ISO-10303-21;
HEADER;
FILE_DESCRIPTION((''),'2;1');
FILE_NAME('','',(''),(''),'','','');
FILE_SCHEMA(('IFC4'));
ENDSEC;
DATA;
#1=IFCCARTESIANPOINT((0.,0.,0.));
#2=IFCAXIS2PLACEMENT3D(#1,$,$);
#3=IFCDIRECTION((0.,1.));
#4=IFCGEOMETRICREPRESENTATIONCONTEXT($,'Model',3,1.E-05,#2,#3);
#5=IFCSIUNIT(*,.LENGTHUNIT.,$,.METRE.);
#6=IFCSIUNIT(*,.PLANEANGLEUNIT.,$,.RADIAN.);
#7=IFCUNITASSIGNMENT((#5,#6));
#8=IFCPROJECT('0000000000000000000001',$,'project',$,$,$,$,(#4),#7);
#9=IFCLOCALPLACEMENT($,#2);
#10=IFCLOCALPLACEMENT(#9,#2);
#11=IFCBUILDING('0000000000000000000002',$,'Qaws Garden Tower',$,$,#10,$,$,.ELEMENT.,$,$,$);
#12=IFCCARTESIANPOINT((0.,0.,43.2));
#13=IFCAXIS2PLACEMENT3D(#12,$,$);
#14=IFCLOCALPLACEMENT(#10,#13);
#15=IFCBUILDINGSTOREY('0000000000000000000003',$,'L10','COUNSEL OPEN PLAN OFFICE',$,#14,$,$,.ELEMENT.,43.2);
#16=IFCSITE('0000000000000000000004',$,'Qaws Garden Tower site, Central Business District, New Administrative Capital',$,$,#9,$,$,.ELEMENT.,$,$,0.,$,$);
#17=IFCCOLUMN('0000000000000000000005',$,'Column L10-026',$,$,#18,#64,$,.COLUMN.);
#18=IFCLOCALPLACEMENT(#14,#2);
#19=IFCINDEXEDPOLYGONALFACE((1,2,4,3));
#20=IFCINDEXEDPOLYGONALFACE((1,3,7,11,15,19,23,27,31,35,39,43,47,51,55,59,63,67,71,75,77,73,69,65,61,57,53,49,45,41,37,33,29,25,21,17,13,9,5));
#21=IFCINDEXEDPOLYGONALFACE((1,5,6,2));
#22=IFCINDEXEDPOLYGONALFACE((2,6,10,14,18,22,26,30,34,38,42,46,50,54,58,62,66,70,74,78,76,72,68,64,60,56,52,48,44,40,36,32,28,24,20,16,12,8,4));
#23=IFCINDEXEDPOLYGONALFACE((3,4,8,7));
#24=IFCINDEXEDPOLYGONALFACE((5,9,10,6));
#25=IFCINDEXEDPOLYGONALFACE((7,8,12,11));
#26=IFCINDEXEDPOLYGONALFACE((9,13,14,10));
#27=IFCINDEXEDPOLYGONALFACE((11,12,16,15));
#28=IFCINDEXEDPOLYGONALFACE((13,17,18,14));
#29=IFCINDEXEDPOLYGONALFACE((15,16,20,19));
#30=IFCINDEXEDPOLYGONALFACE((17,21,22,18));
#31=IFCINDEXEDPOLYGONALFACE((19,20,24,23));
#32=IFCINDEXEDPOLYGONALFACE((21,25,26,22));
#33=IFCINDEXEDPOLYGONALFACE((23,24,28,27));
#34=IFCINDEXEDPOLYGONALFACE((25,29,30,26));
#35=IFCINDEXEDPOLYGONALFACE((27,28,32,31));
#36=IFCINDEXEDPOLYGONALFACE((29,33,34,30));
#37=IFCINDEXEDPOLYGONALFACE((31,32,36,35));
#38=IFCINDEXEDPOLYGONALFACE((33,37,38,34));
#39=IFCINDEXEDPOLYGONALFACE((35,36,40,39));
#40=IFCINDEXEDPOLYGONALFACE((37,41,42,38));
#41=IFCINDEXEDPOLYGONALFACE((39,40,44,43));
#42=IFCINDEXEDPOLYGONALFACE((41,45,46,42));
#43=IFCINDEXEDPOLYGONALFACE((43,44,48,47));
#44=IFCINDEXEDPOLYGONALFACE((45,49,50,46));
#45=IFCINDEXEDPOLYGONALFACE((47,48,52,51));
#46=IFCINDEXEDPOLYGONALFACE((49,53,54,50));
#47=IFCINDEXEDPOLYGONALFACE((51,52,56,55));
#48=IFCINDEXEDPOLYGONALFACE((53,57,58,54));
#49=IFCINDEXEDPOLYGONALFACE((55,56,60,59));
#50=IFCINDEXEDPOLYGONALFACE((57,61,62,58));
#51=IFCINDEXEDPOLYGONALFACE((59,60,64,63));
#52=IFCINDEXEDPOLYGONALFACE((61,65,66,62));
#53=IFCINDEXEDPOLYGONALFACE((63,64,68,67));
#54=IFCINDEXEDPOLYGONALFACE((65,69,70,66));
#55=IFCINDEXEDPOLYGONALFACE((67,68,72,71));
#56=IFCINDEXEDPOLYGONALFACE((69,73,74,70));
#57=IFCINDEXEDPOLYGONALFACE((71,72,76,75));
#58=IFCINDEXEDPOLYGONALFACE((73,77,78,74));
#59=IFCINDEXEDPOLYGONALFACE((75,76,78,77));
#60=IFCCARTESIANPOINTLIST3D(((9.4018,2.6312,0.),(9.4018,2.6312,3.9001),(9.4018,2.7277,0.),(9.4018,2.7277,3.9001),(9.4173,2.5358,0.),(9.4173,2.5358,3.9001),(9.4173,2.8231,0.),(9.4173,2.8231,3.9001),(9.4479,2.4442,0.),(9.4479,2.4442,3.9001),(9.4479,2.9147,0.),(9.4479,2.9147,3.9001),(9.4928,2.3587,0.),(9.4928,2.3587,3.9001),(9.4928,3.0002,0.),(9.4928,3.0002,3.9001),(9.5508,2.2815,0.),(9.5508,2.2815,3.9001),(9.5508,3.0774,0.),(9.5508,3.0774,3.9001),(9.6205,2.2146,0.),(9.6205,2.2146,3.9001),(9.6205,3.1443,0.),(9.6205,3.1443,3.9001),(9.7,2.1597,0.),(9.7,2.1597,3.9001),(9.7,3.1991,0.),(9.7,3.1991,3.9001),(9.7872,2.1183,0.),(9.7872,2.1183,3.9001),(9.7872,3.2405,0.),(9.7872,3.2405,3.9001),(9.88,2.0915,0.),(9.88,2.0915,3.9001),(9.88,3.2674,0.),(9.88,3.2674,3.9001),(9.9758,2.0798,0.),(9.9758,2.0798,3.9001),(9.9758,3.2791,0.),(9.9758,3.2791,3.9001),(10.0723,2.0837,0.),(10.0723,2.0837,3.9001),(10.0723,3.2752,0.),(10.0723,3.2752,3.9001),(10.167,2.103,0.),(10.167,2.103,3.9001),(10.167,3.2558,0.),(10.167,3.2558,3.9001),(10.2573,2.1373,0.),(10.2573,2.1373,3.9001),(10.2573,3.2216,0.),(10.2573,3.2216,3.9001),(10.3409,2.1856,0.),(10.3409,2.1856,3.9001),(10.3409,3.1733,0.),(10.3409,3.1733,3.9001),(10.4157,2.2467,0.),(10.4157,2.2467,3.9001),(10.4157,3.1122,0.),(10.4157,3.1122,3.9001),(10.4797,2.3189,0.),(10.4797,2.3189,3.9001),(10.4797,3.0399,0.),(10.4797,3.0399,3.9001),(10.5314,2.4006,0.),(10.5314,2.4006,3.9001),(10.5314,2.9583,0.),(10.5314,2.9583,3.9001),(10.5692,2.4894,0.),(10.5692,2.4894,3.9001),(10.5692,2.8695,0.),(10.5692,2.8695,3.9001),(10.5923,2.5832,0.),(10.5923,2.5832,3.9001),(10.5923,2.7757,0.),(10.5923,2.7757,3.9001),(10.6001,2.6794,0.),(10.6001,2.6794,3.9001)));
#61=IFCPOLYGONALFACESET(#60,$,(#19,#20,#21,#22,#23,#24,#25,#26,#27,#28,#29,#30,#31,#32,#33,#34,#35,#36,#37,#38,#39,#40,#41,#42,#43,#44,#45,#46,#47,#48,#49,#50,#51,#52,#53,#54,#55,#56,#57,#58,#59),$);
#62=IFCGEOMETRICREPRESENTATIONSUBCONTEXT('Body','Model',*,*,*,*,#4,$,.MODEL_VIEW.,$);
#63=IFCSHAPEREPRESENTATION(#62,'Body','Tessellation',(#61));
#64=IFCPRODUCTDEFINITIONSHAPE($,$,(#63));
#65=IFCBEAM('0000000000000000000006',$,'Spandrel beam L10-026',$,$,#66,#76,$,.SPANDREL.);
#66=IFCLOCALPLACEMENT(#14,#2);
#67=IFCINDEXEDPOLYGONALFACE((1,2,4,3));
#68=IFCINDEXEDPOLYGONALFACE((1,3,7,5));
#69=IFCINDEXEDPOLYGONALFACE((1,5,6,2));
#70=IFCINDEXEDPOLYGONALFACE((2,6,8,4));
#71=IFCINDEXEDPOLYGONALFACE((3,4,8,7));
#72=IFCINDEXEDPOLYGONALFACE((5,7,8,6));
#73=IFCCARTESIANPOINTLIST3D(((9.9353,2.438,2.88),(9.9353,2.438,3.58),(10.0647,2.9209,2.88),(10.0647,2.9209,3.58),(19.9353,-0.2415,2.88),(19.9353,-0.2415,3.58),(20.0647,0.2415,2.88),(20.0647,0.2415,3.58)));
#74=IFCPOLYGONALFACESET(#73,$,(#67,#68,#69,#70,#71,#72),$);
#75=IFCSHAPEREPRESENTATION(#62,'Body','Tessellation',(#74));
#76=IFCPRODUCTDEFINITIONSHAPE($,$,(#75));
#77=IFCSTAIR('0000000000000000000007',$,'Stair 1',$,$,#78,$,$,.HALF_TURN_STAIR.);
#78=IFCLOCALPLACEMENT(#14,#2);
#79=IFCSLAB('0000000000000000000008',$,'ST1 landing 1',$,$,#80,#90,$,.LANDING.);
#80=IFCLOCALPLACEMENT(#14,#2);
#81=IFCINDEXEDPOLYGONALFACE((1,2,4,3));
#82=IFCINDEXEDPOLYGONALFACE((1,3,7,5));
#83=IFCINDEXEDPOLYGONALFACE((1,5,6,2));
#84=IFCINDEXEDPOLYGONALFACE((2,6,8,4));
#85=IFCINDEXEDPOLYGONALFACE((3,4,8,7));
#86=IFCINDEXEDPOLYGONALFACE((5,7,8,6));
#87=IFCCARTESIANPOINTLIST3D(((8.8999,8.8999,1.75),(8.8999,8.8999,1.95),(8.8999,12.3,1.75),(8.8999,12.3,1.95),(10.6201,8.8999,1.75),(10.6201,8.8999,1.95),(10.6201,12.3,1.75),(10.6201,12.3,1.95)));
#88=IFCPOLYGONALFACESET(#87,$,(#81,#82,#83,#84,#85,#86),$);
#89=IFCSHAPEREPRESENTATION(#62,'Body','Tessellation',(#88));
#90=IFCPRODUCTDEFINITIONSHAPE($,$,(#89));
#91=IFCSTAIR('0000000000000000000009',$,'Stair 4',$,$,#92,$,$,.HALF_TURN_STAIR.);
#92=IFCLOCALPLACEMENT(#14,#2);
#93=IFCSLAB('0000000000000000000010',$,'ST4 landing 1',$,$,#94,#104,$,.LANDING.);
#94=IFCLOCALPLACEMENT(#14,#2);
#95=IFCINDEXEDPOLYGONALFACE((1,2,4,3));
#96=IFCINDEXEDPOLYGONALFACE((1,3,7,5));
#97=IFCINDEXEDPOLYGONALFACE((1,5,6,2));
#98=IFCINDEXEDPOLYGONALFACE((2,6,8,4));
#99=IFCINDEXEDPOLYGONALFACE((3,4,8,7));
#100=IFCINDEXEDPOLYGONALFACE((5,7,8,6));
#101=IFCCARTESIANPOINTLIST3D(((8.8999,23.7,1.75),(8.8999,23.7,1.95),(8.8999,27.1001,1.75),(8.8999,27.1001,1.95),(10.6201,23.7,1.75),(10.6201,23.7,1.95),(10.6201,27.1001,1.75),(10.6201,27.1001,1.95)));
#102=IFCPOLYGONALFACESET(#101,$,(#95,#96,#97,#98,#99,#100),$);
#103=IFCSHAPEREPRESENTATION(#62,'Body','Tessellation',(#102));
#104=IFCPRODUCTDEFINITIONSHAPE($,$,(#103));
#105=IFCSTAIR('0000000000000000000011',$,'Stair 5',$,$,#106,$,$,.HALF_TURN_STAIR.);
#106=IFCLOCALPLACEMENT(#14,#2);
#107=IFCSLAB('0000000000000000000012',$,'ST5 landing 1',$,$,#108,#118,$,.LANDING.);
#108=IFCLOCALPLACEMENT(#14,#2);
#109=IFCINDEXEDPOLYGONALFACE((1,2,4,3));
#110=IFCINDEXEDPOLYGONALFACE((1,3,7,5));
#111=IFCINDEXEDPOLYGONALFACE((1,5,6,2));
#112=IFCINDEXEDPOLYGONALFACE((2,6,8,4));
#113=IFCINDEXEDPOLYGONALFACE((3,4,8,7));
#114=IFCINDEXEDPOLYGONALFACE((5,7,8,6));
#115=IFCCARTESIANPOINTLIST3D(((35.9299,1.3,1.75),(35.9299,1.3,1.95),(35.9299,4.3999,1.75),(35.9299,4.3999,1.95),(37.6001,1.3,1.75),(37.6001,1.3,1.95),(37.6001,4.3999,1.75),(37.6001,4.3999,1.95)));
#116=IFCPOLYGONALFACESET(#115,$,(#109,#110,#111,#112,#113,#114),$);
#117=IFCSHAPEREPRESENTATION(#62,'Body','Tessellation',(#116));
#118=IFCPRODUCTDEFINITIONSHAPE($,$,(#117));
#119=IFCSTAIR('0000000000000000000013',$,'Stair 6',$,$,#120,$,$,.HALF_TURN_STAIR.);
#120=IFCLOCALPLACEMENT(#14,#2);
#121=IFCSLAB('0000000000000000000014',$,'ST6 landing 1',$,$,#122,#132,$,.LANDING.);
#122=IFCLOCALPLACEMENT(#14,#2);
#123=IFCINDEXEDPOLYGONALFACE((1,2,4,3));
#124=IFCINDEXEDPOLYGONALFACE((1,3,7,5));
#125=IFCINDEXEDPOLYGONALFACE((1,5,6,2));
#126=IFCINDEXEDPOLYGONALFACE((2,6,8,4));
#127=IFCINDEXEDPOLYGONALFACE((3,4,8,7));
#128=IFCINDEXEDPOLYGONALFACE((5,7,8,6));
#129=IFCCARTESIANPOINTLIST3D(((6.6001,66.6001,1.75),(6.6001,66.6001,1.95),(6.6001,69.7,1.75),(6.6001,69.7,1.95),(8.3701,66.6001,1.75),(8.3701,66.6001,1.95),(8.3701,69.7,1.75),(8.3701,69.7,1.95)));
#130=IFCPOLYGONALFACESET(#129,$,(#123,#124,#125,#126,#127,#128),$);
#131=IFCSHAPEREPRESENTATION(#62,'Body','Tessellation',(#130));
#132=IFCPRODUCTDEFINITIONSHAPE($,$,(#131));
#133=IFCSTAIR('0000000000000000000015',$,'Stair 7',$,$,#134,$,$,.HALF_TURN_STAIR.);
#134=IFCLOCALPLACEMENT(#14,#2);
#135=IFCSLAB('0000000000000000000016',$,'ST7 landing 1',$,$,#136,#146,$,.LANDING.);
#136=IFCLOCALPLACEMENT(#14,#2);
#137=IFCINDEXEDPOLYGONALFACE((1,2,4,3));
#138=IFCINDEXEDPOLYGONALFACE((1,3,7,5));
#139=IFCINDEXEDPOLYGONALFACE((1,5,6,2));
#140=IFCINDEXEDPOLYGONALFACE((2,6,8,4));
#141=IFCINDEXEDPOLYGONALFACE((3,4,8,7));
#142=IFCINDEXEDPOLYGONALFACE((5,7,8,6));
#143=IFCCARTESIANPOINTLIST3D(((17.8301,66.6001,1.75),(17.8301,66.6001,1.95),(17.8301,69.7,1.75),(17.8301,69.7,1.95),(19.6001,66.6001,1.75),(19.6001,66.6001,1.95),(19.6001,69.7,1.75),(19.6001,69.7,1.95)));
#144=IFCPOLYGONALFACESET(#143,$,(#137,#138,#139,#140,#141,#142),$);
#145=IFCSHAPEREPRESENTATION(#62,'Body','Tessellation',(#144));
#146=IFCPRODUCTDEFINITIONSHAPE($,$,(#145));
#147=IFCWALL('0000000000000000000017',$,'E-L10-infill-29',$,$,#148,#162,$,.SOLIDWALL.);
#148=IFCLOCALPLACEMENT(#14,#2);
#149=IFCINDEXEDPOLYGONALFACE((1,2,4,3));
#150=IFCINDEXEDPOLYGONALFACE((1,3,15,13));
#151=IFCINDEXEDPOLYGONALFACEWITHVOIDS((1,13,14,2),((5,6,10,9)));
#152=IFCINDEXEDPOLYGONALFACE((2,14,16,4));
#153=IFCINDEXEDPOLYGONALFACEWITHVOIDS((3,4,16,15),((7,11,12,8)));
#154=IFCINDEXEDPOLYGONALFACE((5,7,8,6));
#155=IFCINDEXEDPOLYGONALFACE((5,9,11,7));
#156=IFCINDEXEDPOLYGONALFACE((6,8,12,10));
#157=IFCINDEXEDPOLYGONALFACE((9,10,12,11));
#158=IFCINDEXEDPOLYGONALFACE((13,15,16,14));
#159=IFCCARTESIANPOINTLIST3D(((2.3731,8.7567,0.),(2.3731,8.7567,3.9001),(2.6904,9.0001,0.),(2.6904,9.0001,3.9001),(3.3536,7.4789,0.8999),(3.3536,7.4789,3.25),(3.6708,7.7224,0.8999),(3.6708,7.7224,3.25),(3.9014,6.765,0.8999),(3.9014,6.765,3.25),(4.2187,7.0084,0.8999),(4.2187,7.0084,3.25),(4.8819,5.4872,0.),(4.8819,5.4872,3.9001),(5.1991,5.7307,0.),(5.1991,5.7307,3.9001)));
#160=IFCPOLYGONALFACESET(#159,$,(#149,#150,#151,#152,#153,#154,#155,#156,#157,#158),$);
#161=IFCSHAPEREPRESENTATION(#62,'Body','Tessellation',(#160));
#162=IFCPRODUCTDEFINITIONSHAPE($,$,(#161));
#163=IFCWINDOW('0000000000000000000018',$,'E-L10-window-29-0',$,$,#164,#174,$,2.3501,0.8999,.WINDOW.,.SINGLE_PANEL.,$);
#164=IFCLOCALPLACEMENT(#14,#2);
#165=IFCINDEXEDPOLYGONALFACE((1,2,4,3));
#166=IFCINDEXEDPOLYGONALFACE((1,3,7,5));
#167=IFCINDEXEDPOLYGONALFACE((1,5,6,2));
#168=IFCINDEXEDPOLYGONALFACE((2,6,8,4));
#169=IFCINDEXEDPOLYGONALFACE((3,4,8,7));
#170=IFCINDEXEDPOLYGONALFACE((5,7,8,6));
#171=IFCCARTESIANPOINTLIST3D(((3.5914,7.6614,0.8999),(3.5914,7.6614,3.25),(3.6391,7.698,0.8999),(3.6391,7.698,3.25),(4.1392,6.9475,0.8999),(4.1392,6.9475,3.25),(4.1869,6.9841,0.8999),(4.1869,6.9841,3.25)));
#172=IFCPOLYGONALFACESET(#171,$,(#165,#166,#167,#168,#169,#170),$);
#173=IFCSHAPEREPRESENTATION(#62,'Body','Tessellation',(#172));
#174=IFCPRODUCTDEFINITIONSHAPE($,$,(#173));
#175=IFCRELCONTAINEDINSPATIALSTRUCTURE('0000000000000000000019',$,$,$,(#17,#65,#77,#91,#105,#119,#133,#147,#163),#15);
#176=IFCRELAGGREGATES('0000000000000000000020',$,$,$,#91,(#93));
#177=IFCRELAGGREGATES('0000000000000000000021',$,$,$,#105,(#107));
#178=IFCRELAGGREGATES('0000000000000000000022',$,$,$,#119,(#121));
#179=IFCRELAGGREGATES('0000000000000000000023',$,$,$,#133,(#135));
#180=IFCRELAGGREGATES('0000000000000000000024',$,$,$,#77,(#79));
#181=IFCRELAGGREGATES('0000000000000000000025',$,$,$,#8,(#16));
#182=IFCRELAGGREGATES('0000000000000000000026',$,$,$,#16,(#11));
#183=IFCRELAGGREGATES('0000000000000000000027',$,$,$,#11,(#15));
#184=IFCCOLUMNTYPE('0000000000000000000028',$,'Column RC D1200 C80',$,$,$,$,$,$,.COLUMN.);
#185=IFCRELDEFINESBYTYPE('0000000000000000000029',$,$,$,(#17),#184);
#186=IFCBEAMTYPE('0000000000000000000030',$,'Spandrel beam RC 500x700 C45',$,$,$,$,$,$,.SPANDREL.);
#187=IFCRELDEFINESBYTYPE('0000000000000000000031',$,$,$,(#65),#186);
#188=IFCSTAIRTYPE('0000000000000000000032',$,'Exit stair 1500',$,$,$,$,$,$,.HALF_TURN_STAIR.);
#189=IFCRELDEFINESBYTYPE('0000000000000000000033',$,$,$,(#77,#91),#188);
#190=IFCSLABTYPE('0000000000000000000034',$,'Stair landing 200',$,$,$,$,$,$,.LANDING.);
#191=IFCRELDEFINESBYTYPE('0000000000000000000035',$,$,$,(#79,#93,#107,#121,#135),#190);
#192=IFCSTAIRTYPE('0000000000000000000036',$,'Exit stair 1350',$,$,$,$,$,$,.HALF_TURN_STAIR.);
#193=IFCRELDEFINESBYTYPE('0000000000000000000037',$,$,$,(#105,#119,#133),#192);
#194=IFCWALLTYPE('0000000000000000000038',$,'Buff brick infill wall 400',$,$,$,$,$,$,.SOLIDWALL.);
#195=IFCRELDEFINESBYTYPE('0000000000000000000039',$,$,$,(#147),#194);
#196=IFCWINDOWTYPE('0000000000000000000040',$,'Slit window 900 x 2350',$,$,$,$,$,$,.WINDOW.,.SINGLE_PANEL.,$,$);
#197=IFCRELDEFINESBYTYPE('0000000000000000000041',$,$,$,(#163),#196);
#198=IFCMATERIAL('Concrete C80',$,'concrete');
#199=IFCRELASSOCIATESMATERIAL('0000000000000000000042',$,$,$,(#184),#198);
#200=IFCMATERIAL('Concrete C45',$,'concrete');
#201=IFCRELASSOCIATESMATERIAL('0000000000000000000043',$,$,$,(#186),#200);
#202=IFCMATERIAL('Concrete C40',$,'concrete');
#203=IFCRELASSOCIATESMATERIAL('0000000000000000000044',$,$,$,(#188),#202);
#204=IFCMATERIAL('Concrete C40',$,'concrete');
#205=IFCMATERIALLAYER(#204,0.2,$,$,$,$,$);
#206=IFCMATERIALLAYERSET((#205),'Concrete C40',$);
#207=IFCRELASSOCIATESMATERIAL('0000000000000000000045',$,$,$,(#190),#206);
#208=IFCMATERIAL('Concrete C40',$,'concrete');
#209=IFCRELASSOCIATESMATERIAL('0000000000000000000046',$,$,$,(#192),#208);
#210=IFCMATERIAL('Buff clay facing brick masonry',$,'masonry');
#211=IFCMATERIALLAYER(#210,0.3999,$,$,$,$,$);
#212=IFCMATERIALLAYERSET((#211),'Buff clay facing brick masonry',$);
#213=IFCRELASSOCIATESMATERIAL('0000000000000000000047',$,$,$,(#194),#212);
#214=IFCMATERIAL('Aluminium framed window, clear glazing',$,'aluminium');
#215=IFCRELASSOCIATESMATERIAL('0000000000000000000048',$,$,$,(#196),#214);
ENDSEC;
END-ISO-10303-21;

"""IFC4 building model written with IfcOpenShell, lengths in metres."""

from ifc_helpers import new_model, si_unit, direction, frame, frame_2d, origin, origin_2d, place, context, subcontext, project, spatial, polyline, rectangle, circle, outline, extrude, material, layer, layer_set, material_profile, profile_set, type_object, element, fill, aggregate, save


model = new_model("IFC4")

# Units and contexts
model_context = context("Model", 3, precision=1e-05, world=origin(), true_north=direction((0.0, 1.0)))
body_context = subcontext(model_context, "Body", "Model", "MODEL_VIEW")
ifc_project = project(units=[si_unit("LENGTHUNIT", "METRE"), si_unit("PLANEANGLEUNIT", "RADIAN")], contexts=[model_context])

# Site, building, storey
site_placement = place(None, origin())
site = spatial("IfcSite", under=ifc_project, at=site_placement, Name="Qaws Garden Tower site, Central Business District, New Administrative Capital", CompositionType="ELEMENT", RefElevation=0.0)
building_placement = place(site_placement, origin())
building = spatial("IfcBuilding", under=site, at=building_placement, Name="Qaws Garden Tower", CompositionType="ELEMENT")
storey_placement = place(building_placement, frame((0.0, 0.0, 43.2)))
storey = spatial("IfcBuildingStorey", under=building, at=storey_placement, Name="L10", Description="COUNSEL OPEN PLAN OFFICE", CompositionType="ELEMENT", Elevation=43.2)

# Column
ifc_material_1 = material(Name="Concrete C80", Category="concrete")
ifc_material_profile_1 = material_profile(ifc_material_1, circle(Radius=0.6001, at=origin_2d()), Name="RC D1200")
ifc_profile_set_1 = profile_set([ifc_material_profile_1], Name="Concrete C80")
column_type = type_object("IfcColumnType", Name="Column RC D1200 C80", PredefinedType="COLUMN", material=ifc_profile_set_1)
column_placement = place(storey_placement, frame((10.0, 2.6794, 0.0), z_axis=(0.0, 0.0, 1.0), x_axis=(1.0, 0.0, 0.0)))
element("IfcColumn", 1, at=column_placement, inside=storey, type_object=column_type, Name="Column L10-026", PredefinedType="COLUMN", context=body_context, shape_type="SweptSolid", body=[
    extrude(circle(Radius=0.6001, at=origin_2d()), origin(), (0.0, 0.0, 1.0), 3.9001),
])

# Beam
ifc_material_2 = material(Name="Concrete C45", Category="concrete")
ifc_material_profile_2 = material_profile(ifc_material_2, rectangle(XDim=0.5, YDim=0.7, at=origin_2d()), Name="RC 500x700")
ifc_profile_set_2 = profile_set([ifc_material_profile_2], Name="Concrete C45")
beam_type = type_object("IfcBeamType", Name="Spandrel beam RC 500x700 C45", PredefinedType="SPANDREL", material=ifc_profile_set_2)
beam_placement = place(storey_placement, frame((10.0, 2.6794, 3.23), z_axis=(0.965927, -0.258815, 0.0), x_axis=(0.258815, 0.965927, 0.0)))
element("IfcBeam", 2, at=beam_placement, inside=storey, type_object=beam_type, Name="Spandrel beam L10-026", PredefinedType="SPANDREL", context=body_context, shape_type="SweptSolid", body=[
    extrude(rectangle(XDim=0.5, YDim=0.7, at=origin_2d()), origin(), (0.0, 0.0, 1.0), 10.3528),
])

# Stairs, slabs
ifc_material_3 = material(Name="Concrete C40", Category="concrete")
stair_type_1 = type_object("IfcStairType", Name="Exit stair 1500", PredefinedType="HALF_TURN_STAIR", material=ifc_material_3)
placement_1 = place(storey_placement, origin())
stair_1 = element("IfcStair", 3, at=placement_1, inside=storey, type_object=stair_type_1, Name="Stair 1", PredefinedType="HALF_TURN_STAIR")
ifc_material_4 = material(Name="Concrete C40", Category="concrete")
ifc_layer_1 = layer(ifc_material_4, 0.2)
ifc_layer_set_1 = layer_set([ifc_layer_1], Name="Concrete C40")
slab_type = type_object("IfcSlabType", Name="Stair landing 200", PredefinedType="LANDING", material=ifc_layer_set_1)
placement_2 = place(storey_placement, frame((0.0, 0.0, 1.75)))
slab_1 = element("IfcSlab", 4, at=placement_2, type_object=slab_type, Name="ST1 landing 1", PredefinedType="LANDING", context=body_context, shape_type="SweptSolid", body=[
    extrude(outline(polyline([(8.8999, 8.8999), (10.6201, 8.8999), (10.6201, 12.3), (8.8999, 12.3), (8.8999, 8.8999)])), origin(), (0.0, 0.0, 1.0), 0.2),
])
stair_2 = element("IfcStair", 5, at=placement_1, inside=storey, type_object=stair_type_1, Name="Stair 4", PredefinedType="HALF_TURN_STAIR")
slab_2 = element("IfcSlab", 6, at=placement_2, type_object=slab_type, Name="ST4 landing 1", PredefinedType="LANDING", context=body_context, shape_type="SweptSolid", body=[
    extrude(outline(polyline([(8.8999, 23.7), (10.6201, 23.7), (10.6201, 27.1001), (8.8999, 27.1001), (8.8999, 23.7)])), origin(), (0.0, 0.0, 1.0), 0.2),
])
aggregate(stair_2, [slab_2])
ifc_material_5 = material(Name="Concrete C40", Category="concrete")
stair_type_2 = type_object("IfcStairType", Name="Exit stair 1350", PredefinedType="HALF_TURN_STAIR", material=ifc_material_5)
stair_3 = element("IfcStair", 7, at=placement_1, inside=storey, type_object=stair_type_2, Name="Stair 5", PredefinedType="HALF_TURN_STAIR")
slab_3 = element("IfcSlab", 8, at=placement_2, type_object=slab_type, Name="ST5 landing 1", PredefinedType="LANDING", context=body_context, shape_type="SweptSolid", body=[
    extrude(outline(polyline([(35.9299, 1.3), (37.6001, 1.3), (37.6001, 4.3999), (35.9299, 4.3999), (35.9299, 1.3)])), origin(), (0.0, 0.0, 1.0), 0.2),
])
aggregate(stair_3, [slab_3])
stair_4 = element("IfcStair", 9, at=placement_1, inside=storey, type_object=stair_type_2, Name="Stair 6", PredefinedType="HALF_TURN_STAIR")
slab_4 = element("IfcSlab", 10, at=placement_2, type_object=slab_type, Name="ST6 landing 1", PredefinedType="LANDING", context=body_context, shape_type="SweptSolid", body=[
    extrude(outline(polyline([(6.6001, 66.6001), (8.3701, 66.6001), (8.3701, 69.7), (6.6001, 69.7), (6.6001, 66.6001)])), origin(), (0.0, 0.0, 1.0), 0.2),
])
aggregate(stair_4, [slab_4])
stair_5 = element("IfcStair", 11, at=placement_1, inside=storey, type_object=stair_type_2, Name="Stair 7", PredefinedType="HALF_TURN_STAIR")
slab_5 = element("IfcSlab", 12, at=placement_2, type_object=slab_type, Name="ST7 landing 1", PredefinedType="LANDING", context=body_context, shape_type="SweptSolid", body=[
    extrude(outline(polyline([(17.8301, 66.6001), (19.6001, 66.6001), (19.6001, 69.7), (17.8301, 69.7), (17.8301, 66.6001)])), origin(), (0.0, 0.0, 1.0), 0.2),
])
aggregate(stair_5, [slab_5])

# Wall, opening, window
ifc_material_6 = material(Name="Buff clay facing brick masonry", Category="masonry")
ifc_layer_2 = layer(ifc_material_6, 0.3999)
ifc_layer_set_2 = layer_set([ifc_layer_2], Name="Buff clay facing brick masonry")
wall_type_1 = type_object("IfcWallType", Name="Buff brick infill wall 400", PredefinedType="SOLIDWALL", material=ifc_layer_set_2)
wall_1_placement = place(storey_placement, frame((2.5317, 8.8784, 0.0), z_axis=(0.0, 0.0, 1.0), x_axis=(0.60876, -0.793355, 0.0)))
wall_1 = element("IfcWall", 13, at=wall_1_placement, inside=storey, type_object=wall_type_1, Name="E-L10-infill-29", PredefinedType="SOLIDWALL", context=body_context, shape_type="SweptSolid", body=[
    extrude(rectangle(XDim=4.1211, YDim=0.3999, at=frame_2d((2.0605, 0.0))), origin(), (0.0, 0.0, 1.0), 3.9001),
])
opening_1_placement = place(wall_1_placement, frame((1.6106, 0.0, 0.8999)))
opening_1 = element("IfcOpeningElement", 14, at=opening_1_placement, cuts=wall_1, PredefinedType="OPENING", context=body_context, shape_type="SweptSolid", body=[
    extrude(rectangle(XDim=0.8999, YDim=2.3501, at=frame_2d((0.45, 1.175))), frame((0.0, 0.21, 0.0), z_axis=(0.0, -1.0, 0.0), x_axis=(1.0, 0.0, 0.0)), (0.0, 0.0, 1.0), 0.4199),
])
ifc_material_7 = material(Name="Aluminium framed window, clear glazing", Category="aluminium")
window_type = type_object("IfcWindowType", Name="Slit window 900 x 2350", PartitioningType="SINGLE_PANEL", PredefinedType="WINDOW", material=ifc_material_7)
window_1_placement = place(opening_1_placement, origin())
window_1 = element("IfcWindow", 15, at=window_1_placement, inside=storey, type_object=window_type, Name="E-L10-window-29-0", OverallHeight=2.3501, OverallWidth=0.8999, PartitioningType="SINGLE_PANEL", PredefinedType="WINDOW", context=body_context, shape_type="SweptSolid", body=[
    extrude(rectangle(XDim=0.8999, YDim=2.3501, at=frame_2d((0.45, 1.175))), frame((0.0, 0.1599, 0.0), z_axis=(0.0, -1.0, 0.0), x_axis=(1.0, 0.0, 0.0)), (0.0, 0.0, 1.0), 0.0601),
])
fill(opening_1, window_1)

aggregate(stair_1, [slab_1])

save(model, "model.ifc")
